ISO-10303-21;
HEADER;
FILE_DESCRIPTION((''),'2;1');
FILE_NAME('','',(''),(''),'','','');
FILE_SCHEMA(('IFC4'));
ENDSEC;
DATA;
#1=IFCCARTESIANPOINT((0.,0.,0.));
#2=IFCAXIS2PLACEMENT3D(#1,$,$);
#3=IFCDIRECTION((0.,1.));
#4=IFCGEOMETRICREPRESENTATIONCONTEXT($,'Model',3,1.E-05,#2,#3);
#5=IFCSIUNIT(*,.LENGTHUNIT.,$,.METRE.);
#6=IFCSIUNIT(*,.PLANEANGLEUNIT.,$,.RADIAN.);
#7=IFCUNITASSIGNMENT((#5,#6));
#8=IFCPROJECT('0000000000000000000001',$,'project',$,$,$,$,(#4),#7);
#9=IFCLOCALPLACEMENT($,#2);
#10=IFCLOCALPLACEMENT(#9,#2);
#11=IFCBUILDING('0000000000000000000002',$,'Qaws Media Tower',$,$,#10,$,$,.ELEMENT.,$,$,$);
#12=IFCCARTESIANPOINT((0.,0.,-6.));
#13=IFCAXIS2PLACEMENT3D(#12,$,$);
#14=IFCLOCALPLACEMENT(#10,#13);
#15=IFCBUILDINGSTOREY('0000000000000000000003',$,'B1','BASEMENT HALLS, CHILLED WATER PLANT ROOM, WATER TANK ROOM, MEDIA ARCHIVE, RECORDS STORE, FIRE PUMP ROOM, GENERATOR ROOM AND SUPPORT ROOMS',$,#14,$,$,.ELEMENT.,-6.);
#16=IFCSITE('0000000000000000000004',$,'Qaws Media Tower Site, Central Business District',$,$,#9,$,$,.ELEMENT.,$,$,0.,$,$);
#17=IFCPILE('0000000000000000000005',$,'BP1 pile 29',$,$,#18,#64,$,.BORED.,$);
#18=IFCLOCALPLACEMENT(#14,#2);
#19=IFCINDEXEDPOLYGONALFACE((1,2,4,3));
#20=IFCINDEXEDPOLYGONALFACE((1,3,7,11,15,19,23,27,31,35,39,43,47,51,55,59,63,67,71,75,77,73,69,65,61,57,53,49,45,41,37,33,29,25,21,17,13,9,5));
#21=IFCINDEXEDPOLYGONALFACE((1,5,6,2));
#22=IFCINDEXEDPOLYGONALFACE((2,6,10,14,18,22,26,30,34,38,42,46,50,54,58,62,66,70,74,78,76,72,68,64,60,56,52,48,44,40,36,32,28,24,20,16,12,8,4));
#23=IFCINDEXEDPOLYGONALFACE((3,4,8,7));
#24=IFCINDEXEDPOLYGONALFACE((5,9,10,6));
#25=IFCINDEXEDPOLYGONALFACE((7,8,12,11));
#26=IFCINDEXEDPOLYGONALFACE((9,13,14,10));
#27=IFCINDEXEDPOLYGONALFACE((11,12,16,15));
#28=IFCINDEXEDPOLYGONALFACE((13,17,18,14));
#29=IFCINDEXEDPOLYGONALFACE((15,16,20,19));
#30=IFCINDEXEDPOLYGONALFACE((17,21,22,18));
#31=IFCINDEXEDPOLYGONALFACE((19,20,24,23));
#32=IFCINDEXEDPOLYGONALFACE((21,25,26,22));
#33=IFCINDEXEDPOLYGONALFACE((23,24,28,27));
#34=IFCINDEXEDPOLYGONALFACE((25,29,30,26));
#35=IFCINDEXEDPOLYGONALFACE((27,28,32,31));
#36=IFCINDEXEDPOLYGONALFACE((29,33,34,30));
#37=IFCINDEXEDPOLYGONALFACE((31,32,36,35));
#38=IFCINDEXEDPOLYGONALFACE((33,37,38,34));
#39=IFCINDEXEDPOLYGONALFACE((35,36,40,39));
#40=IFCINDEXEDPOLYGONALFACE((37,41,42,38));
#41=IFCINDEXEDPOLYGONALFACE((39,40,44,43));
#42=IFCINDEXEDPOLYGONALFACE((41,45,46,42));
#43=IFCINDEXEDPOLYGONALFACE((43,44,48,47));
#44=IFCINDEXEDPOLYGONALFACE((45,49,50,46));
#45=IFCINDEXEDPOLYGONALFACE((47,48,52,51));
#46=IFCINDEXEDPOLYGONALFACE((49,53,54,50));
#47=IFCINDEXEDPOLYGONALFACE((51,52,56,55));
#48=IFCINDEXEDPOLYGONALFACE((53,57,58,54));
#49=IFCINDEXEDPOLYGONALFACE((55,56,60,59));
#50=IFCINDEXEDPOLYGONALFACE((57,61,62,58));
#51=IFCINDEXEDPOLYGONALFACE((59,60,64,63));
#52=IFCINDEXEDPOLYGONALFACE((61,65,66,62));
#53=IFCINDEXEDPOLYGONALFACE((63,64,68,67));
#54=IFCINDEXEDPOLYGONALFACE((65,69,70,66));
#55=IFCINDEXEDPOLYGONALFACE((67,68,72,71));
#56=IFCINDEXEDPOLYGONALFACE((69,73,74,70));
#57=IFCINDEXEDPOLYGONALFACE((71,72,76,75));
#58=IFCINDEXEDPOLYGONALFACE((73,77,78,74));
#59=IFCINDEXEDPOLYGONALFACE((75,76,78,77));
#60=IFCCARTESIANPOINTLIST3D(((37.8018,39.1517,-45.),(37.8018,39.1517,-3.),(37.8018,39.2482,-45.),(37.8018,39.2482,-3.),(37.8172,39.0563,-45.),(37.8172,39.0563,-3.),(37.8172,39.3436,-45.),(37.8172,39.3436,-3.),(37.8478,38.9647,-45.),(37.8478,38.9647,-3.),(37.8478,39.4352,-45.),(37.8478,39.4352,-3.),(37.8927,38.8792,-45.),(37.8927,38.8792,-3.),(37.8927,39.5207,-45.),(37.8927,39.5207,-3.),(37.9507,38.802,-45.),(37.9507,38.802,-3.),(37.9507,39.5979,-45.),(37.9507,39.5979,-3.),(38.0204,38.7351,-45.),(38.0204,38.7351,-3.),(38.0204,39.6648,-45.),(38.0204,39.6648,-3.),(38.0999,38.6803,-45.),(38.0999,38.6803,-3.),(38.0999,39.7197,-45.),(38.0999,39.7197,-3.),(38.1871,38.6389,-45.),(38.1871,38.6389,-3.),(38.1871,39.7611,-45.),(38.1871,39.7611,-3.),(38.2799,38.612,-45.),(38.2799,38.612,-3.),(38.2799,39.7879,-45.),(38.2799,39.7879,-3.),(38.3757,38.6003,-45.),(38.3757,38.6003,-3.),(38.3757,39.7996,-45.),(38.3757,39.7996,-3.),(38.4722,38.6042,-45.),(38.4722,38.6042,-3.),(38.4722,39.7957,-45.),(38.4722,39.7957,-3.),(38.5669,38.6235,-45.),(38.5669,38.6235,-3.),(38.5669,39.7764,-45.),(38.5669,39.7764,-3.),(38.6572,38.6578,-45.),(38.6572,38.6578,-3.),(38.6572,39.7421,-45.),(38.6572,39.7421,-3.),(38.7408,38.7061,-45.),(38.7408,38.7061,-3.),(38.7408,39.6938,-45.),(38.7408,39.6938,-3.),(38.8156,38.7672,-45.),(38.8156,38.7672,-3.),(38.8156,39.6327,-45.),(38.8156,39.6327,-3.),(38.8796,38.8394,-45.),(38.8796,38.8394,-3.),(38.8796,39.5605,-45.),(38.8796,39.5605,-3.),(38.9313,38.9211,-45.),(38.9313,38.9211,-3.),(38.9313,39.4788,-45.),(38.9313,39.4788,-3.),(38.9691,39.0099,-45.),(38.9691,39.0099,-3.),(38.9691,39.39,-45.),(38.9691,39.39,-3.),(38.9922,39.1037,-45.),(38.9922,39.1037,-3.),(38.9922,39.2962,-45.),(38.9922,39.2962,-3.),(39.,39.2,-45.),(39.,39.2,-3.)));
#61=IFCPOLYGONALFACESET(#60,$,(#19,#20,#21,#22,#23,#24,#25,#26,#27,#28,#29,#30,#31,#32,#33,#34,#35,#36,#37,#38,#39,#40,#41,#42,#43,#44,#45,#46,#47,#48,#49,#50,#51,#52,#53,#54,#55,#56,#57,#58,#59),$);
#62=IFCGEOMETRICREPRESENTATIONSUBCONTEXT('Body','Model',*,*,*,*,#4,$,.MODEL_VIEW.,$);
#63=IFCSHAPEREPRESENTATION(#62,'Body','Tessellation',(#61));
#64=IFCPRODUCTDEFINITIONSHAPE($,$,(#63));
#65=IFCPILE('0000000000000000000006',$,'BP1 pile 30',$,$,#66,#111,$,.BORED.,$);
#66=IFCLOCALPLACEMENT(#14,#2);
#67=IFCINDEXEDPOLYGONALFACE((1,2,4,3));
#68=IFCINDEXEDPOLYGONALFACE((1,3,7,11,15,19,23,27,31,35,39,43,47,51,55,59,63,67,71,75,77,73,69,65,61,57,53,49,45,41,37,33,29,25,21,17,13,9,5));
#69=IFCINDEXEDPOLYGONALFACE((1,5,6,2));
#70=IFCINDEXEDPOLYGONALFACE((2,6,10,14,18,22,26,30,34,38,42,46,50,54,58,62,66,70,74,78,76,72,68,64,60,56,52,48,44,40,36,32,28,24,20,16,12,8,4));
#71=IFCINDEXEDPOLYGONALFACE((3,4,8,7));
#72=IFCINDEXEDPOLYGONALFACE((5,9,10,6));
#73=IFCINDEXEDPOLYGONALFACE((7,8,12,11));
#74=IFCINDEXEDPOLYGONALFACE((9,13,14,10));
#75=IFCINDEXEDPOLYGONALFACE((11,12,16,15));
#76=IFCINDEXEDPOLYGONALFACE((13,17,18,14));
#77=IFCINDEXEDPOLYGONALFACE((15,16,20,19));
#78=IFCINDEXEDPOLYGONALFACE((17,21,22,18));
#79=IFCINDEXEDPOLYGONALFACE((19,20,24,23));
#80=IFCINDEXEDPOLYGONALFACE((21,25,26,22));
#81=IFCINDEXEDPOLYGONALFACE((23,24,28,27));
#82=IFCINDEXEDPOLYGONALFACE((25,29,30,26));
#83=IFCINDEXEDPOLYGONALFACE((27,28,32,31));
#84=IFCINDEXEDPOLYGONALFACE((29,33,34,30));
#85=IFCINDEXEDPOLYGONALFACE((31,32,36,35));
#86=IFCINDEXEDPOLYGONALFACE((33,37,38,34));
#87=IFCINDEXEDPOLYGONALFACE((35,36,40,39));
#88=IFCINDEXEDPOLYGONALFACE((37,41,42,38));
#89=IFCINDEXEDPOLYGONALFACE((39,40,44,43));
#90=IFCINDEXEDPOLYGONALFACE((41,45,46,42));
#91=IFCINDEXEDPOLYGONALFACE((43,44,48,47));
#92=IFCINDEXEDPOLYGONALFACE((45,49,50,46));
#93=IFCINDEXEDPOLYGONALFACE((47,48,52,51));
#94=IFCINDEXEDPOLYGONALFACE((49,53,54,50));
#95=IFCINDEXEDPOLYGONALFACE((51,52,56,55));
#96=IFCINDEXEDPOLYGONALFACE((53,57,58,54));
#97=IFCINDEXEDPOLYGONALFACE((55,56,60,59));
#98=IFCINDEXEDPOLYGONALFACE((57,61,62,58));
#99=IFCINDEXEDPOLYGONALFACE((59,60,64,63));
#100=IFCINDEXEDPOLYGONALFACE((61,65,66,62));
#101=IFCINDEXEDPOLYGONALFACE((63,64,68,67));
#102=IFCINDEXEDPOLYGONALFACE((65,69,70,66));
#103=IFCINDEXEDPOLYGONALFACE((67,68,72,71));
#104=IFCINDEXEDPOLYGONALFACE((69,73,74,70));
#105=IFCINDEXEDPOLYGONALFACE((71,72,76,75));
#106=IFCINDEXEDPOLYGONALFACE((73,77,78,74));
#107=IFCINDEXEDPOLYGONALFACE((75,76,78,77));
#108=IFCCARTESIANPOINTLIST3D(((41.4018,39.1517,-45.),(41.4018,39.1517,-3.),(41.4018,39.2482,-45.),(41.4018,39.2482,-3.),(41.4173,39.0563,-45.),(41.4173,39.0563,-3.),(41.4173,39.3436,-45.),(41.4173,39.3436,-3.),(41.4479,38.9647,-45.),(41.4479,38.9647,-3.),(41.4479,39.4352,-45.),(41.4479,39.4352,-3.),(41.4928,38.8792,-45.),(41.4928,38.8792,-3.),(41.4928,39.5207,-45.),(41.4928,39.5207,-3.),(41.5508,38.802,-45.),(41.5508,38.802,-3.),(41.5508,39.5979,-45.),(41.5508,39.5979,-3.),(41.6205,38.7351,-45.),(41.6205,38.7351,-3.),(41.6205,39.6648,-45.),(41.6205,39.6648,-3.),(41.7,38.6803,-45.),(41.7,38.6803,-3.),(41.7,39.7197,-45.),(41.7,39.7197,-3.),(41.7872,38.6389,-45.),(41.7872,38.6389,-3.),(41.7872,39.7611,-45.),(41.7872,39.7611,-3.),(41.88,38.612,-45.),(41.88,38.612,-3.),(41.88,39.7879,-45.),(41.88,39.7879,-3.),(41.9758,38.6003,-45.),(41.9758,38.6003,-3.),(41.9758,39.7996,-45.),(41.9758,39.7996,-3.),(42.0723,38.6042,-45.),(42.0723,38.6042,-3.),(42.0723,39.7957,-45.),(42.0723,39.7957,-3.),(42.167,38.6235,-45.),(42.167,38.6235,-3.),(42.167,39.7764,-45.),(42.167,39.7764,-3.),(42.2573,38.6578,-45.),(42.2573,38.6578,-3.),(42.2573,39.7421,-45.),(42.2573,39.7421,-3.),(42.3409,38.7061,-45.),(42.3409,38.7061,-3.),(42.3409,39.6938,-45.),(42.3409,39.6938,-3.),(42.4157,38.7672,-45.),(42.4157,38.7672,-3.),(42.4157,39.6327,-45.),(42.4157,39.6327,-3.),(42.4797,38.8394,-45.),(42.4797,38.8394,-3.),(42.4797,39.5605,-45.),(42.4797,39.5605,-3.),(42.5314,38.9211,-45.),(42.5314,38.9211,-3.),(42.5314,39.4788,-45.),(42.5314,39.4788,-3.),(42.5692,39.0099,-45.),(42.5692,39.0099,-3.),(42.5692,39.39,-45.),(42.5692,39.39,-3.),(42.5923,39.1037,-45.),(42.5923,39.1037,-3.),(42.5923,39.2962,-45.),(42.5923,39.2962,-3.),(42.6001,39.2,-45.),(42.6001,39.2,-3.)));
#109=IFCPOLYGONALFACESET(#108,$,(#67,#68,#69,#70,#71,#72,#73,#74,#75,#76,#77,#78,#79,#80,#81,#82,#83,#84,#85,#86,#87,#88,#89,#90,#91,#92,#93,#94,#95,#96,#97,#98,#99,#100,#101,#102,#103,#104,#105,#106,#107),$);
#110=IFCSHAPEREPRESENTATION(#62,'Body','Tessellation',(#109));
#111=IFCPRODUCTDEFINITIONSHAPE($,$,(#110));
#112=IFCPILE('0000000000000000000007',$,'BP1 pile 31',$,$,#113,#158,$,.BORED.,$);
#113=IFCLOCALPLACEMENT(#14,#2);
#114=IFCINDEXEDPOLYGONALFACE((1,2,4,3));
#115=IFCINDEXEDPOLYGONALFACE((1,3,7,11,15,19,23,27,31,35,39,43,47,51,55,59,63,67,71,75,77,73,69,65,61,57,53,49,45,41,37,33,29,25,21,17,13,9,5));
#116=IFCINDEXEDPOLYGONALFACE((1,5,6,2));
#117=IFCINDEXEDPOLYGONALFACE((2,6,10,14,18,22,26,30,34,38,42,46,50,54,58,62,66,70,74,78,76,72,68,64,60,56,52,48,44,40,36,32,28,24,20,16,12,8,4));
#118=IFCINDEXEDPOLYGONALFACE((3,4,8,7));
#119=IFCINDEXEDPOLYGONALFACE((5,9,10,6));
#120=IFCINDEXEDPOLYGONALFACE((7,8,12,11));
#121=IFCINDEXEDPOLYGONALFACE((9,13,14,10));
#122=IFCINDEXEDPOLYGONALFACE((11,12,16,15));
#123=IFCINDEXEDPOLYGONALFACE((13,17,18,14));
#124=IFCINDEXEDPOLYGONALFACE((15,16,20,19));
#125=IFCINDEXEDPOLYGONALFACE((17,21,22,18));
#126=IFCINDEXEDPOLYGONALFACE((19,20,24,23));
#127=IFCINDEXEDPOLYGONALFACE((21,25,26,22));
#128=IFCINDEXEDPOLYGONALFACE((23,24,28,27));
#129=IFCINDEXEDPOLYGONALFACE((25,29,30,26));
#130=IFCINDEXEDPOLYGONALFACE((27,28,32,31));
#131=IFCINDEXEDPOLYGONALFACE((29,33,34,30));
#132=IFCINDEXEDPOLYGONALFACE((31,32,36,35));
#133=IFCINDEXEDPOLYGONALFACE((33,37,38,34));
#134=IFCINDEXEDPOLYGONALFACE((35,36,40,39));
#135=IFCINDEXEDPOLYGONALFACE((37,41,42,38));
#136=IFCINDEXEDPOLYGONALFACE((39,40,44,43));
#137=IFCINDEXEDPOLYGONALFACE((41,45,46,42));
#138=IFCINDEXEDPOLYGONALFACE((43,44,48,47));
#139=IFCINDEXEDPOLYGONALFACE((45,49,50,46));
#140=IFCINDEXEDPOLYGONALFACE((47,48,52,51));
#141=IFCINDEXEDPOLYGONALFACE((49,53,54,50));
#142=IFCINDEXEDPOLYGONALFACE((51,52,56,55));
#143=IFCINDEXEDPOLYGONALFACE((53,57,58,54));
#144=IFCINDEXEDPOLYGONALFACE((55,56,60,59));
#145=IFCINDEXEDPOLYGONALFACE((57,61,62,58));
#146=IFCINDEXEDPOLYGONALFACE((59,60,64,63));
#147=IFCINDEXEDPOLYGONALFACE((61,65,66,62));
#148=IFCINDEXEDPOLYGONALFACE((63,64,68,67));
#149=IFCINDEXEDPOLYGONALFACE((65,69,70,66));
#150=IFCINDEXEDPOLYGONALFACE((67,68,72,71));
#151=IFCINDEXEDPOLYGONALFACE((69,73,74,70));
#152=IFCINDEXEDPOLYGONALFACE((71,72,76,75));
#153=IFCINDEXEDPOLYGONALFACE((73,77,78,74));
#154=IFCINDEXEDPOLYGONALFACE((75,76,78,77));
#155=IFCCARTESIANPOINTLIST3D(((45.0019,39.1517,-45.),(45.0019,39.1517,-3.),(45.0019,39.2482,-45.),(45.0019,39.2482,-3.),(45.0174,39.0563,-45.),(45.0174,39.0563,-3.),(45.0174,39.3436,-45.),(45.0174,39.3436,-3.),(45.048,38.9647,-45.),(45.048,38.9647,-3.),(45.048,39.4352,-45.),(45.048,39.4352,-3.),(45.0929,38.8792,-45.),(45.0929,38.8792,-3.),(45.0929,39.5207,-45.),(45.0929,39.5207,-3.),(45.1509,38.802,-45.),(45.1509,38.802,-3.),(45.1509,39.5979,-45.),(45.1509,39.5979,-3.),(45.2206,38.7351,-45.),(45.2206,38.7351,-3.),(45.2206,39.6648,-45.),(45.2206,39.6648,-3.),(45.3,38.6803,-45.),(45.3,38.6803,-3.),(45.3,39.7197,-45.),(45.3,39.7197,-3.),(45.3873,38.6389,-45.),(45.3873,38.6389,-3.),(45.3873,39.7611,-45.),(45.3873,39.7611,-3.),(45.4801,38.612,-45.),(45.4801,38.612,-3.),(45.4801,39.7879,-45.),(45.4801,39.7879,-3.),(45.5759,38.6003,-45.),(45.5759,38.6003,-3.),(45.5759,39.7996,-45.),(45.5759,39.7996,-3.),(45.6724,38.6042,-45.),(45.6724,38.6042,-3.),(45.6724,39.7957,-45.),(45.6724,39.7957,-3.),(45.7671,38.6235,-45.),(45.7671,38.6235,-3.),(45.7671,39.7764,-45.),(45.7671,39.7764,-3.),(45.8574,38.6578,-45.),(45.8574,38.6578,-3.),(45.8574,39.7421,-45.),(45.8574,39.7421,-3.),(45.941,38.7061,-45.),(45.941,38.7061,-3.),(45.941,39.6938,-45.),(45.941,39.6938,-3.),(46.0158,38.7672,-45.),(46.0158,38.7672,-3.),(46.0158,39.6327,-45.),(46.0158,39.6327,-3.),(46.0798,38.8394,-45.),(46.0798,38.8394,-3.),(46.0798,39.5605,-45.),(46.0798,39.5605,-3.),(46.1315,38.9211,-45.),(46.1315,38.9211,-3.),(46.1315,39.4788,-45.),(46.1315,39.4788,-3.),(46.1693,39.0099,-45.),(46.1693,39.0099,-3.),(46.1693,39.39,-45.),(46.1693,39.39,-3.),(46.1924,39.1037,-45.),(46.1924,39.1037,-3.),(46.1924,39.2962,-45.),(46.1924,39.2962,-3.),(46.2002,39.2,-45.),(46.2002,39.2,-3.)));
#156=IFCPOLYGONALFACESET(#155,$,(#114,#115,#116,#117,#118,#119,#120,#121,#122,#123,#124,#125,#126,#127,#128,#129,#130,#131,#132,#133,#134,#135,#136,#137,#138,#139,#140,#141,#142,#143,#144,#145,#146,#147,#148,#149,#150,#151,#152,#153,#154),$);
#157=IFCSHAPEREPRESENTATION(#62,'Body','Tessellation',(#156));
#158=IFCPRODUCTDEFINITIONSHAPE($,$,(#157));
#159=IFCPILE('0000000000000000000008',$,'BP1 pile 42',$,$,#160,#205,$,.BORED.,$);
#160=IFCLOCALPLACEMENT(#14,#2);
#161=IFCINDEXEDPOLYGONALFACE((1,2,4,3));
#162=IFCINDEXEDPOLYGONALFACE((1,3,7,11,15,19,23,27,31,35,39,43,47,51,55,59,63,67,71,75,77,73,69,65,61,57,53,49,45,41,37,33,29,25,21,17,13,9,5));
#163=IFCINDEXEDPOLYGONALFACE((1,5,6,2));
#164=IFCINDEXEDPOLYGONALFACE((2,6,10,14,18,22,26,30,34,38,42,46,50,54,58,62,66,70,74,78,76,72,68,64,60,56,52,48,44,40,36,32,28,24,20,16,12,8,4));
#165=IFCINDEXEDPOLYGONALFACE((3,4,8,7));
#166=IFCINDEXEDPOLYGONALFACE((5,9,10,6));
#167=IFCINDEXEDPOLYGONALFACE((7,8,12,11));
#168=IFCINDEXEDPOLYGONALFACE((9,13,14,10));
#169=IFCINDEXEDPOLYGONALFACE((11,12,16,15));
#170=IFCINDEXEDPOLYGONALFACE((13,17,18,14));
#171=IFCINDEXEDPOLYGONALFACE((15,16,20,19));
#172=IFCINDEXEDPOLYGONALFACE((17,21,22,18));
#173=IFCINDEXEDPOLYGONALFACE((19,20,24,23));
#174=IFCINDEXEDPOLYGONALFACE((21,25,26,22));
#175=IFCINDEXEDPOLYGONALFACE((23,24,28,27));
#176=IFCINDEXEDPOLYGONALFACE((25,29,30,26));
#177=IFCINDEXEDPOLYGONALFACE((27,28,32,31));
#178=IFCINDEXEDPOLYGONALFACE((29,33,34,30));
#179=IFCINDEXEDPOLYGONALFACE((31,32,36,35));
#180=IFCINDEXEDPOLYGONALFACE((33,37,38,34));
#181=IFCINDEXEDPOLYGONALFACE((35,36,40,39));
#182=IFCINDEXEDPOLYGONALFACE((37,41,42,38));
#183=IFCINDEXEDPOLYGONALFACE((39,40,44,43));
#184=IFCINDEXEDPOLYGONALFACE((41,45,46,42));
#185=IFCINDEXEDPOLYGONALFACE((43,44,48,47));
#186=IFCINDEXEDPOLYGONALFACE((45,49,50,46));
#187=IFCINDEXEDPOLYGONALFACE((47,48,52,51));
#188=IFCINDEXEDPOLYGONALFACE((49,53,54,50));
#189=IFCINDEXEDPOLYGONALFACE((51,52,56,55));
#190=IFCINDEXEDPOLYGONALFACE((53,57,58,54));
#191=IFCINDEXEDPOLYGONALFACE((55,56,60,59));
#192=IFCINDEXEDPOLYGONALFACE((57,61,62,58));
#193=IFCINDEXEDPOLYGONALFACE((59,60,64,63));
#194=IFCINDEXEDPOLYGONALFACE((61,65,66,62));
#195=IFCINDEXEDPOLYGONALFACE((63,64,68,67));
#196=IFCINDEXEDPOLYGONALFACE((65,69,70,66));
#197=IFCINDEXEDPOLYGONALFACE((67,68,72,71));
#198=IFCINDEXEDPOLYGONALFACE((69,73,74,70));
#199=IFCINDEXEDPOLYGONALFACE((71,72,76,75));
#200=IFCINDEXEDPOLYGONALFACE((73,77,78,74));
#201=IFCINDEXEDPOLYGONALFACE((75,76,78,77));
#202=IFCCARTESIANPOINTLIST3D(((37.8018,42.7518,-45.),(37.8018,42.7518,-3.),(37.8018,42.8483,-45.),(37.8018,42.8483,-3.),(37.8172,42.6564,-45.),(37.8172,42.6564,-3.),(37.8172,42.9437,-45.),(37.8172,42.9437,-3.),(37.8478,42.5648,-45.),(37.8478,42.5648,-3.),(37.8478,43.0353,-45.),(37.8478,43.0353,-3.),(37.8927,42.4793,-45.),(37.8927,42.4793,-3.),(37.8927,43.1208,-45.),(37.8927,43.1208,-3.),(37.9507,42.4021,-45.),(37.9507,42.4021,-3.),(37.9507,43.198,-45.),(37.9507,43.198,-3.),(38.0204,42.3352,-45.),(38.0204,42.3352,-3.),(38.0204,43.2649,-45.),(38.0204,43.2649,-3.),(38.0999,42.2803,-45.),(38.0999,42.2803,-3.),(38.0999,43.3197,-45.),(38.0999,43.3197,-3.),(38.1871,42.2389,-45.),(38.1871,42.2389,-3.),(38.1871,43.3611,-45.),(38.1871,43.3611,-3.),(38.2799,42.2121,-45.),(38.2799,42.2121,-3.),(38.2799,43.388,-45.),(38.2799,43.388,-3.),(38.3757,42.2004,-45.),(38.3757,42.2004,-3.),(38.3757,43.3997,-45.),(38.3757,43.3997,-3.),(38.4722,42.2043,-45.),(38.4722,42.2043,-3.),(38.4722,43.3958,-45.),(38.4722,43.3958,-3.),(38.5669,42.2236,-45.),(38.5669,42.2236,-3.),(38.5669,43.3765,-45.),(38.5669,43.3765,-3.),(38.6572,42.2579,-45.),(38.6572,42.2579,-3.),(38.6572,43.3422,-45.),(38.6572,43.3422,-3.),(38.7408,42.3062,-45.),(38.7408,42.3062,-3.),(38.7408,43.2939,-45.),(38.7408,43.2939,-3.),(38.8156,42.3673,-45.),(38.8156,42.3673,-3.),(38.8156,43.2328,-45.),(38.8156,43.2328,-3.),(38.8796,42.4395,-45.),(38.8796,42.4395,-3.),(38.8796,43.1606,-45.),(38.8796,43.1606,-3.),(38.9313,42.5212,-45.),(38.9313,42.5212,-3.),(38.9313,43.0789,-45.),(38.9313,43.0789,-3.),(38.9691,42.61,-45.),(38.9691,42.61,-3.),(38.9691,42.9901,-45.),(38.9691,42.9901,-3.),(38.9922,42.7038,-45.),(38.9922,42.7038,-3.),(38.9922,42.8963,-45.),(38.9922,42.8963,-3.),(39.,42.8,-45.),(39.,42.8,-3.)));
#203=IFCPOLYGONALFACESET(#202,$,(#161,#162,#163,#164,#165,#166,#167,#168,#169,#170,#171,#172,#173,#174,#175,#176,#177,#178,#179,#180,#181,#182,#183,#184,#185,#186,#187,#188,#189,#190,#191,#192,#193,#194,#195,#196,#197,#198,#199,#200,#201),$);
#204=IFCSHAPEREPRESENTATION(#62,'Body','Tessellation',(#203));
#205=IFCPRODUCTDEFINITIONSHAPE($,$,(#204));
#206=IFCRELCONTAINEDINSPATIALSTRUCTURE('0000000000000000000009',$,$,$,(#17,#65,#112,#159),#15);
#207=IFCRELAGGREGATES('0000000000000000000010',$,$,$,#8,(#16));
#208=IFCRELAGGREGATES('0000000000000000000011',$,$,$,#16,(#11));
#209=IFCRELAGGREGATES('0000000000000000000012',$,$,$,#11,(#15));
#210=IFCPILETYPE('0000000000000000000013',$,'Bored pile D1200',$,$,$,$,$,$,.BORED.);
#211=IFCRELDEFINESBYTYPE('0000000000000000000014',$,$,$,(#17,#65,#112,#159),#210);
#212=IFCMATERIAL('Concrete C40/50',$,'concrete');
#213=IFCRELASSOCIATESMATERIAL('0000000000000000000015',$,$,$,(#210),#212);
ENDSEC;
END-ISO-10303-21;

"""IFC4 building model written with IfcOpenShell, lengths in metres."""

from ifc_helpers import new_model, si_unit, direction, frame, origin, origin_2d, place, context, subcontext, project, spatial, circle, extrude, material, material_profile, profile_set, type_object, element, save


model = new_model("IFC4")

# Units and contexts
model_context = context("Model", 3, precision=1e-05, world=origin(), true_north=direction((0.0, 1.0)))
body_context = subcontext(model_context, "Body", "Model", "MODEL_VIEW")
ifc_project = project(units=[si_unit("LENGTHUNIT", "METRE"), si_unit("PLANEANGLEUNIT", "RADIAN")], contexts=[model_context])

# Site, building, storey
site_placement = place(None, origin())
site = spatial("IfcSite", under=ifc_project, at=site_placement, Name="Qaws Media Tower Site, Central Business District", CompositionType="ELEMENT", RefElevation=0.0)
building_placement = place(site_placement, origin())
building = spatial("IfcBuilding", under=site, at=building_placement, Name="Qaws Media Tower", CompositionType="ELEMENT")
storey_placement = place(building_placement, frame((0.0, 0.0, -6.0)))
storey = spatial("IfcBuildingStorey", under=building, at=storey_placement, Name="B1", Description="BASEMENT HALLS, CHILLED WATER PLANT ROOM, WATER TANK ROOM, MEDIA ARCHIVE, RECORDS STORE, FIRE PUMP ROOM, GENERATOR ROOM AND SUPPORT ROOMS", CompositionType="ELEMENT", Elevation=-6.0)

# Piles
ifc_material_1 = material(Name="Concrete C40/50", Category="concrete")
ifc_material_profile_1 = material_profile(ifc_material_1, circle(Radius=0.6001, at=origin_2d()), Name="D1200")
ifc_profile_set_1 = profile_set([ifc_material_profile_1], Name="Concrete C40/50")
pile_type_1 = type_object("IfcPileType", Name="Bored pile D1200", PredefinedType="BORED", material=ifc_profile_set_1)
for number, where, z_axis, x_axis, name in (
    (1, (38.3999, 39.2, -3.0), (0.0, 0.0, -1.0), (1.0, 0.0, 0.0), "BP1 pile 29"),
    (2, (42.0, 39.2, -3.0), (0.0, 0.0, -1.0), (1.0, 0.0, 0.0), "BP1 pile 30"),
    (3, (45.6001, 39.2, -3.0), (0.0, 0.0, -1.0), (1.0, 0.0, 0.0), "BP1 pile 31"),
    (4, (38.3999, 42.8, -3.0), (0.0, 0.0, -1.0), (1.0, 0.0, 0.0), "BP1 pile 42"),
):
    element("IfcPile", number, at=place(storey_placement, frame(where, z_axis=z_axis, x_axis=x_axis)), inside=storey, type_object=pile_type_1, Name=name, PredefinedType="BORED", context=body_context, shape_type="SweptSolid", body=[
        extrude(circle(Radius=0.6001, at=origin_2d()), origin(), (0.0, 0.0, 1.0), 42.0),
    ])

save(model, "model.ifc")
